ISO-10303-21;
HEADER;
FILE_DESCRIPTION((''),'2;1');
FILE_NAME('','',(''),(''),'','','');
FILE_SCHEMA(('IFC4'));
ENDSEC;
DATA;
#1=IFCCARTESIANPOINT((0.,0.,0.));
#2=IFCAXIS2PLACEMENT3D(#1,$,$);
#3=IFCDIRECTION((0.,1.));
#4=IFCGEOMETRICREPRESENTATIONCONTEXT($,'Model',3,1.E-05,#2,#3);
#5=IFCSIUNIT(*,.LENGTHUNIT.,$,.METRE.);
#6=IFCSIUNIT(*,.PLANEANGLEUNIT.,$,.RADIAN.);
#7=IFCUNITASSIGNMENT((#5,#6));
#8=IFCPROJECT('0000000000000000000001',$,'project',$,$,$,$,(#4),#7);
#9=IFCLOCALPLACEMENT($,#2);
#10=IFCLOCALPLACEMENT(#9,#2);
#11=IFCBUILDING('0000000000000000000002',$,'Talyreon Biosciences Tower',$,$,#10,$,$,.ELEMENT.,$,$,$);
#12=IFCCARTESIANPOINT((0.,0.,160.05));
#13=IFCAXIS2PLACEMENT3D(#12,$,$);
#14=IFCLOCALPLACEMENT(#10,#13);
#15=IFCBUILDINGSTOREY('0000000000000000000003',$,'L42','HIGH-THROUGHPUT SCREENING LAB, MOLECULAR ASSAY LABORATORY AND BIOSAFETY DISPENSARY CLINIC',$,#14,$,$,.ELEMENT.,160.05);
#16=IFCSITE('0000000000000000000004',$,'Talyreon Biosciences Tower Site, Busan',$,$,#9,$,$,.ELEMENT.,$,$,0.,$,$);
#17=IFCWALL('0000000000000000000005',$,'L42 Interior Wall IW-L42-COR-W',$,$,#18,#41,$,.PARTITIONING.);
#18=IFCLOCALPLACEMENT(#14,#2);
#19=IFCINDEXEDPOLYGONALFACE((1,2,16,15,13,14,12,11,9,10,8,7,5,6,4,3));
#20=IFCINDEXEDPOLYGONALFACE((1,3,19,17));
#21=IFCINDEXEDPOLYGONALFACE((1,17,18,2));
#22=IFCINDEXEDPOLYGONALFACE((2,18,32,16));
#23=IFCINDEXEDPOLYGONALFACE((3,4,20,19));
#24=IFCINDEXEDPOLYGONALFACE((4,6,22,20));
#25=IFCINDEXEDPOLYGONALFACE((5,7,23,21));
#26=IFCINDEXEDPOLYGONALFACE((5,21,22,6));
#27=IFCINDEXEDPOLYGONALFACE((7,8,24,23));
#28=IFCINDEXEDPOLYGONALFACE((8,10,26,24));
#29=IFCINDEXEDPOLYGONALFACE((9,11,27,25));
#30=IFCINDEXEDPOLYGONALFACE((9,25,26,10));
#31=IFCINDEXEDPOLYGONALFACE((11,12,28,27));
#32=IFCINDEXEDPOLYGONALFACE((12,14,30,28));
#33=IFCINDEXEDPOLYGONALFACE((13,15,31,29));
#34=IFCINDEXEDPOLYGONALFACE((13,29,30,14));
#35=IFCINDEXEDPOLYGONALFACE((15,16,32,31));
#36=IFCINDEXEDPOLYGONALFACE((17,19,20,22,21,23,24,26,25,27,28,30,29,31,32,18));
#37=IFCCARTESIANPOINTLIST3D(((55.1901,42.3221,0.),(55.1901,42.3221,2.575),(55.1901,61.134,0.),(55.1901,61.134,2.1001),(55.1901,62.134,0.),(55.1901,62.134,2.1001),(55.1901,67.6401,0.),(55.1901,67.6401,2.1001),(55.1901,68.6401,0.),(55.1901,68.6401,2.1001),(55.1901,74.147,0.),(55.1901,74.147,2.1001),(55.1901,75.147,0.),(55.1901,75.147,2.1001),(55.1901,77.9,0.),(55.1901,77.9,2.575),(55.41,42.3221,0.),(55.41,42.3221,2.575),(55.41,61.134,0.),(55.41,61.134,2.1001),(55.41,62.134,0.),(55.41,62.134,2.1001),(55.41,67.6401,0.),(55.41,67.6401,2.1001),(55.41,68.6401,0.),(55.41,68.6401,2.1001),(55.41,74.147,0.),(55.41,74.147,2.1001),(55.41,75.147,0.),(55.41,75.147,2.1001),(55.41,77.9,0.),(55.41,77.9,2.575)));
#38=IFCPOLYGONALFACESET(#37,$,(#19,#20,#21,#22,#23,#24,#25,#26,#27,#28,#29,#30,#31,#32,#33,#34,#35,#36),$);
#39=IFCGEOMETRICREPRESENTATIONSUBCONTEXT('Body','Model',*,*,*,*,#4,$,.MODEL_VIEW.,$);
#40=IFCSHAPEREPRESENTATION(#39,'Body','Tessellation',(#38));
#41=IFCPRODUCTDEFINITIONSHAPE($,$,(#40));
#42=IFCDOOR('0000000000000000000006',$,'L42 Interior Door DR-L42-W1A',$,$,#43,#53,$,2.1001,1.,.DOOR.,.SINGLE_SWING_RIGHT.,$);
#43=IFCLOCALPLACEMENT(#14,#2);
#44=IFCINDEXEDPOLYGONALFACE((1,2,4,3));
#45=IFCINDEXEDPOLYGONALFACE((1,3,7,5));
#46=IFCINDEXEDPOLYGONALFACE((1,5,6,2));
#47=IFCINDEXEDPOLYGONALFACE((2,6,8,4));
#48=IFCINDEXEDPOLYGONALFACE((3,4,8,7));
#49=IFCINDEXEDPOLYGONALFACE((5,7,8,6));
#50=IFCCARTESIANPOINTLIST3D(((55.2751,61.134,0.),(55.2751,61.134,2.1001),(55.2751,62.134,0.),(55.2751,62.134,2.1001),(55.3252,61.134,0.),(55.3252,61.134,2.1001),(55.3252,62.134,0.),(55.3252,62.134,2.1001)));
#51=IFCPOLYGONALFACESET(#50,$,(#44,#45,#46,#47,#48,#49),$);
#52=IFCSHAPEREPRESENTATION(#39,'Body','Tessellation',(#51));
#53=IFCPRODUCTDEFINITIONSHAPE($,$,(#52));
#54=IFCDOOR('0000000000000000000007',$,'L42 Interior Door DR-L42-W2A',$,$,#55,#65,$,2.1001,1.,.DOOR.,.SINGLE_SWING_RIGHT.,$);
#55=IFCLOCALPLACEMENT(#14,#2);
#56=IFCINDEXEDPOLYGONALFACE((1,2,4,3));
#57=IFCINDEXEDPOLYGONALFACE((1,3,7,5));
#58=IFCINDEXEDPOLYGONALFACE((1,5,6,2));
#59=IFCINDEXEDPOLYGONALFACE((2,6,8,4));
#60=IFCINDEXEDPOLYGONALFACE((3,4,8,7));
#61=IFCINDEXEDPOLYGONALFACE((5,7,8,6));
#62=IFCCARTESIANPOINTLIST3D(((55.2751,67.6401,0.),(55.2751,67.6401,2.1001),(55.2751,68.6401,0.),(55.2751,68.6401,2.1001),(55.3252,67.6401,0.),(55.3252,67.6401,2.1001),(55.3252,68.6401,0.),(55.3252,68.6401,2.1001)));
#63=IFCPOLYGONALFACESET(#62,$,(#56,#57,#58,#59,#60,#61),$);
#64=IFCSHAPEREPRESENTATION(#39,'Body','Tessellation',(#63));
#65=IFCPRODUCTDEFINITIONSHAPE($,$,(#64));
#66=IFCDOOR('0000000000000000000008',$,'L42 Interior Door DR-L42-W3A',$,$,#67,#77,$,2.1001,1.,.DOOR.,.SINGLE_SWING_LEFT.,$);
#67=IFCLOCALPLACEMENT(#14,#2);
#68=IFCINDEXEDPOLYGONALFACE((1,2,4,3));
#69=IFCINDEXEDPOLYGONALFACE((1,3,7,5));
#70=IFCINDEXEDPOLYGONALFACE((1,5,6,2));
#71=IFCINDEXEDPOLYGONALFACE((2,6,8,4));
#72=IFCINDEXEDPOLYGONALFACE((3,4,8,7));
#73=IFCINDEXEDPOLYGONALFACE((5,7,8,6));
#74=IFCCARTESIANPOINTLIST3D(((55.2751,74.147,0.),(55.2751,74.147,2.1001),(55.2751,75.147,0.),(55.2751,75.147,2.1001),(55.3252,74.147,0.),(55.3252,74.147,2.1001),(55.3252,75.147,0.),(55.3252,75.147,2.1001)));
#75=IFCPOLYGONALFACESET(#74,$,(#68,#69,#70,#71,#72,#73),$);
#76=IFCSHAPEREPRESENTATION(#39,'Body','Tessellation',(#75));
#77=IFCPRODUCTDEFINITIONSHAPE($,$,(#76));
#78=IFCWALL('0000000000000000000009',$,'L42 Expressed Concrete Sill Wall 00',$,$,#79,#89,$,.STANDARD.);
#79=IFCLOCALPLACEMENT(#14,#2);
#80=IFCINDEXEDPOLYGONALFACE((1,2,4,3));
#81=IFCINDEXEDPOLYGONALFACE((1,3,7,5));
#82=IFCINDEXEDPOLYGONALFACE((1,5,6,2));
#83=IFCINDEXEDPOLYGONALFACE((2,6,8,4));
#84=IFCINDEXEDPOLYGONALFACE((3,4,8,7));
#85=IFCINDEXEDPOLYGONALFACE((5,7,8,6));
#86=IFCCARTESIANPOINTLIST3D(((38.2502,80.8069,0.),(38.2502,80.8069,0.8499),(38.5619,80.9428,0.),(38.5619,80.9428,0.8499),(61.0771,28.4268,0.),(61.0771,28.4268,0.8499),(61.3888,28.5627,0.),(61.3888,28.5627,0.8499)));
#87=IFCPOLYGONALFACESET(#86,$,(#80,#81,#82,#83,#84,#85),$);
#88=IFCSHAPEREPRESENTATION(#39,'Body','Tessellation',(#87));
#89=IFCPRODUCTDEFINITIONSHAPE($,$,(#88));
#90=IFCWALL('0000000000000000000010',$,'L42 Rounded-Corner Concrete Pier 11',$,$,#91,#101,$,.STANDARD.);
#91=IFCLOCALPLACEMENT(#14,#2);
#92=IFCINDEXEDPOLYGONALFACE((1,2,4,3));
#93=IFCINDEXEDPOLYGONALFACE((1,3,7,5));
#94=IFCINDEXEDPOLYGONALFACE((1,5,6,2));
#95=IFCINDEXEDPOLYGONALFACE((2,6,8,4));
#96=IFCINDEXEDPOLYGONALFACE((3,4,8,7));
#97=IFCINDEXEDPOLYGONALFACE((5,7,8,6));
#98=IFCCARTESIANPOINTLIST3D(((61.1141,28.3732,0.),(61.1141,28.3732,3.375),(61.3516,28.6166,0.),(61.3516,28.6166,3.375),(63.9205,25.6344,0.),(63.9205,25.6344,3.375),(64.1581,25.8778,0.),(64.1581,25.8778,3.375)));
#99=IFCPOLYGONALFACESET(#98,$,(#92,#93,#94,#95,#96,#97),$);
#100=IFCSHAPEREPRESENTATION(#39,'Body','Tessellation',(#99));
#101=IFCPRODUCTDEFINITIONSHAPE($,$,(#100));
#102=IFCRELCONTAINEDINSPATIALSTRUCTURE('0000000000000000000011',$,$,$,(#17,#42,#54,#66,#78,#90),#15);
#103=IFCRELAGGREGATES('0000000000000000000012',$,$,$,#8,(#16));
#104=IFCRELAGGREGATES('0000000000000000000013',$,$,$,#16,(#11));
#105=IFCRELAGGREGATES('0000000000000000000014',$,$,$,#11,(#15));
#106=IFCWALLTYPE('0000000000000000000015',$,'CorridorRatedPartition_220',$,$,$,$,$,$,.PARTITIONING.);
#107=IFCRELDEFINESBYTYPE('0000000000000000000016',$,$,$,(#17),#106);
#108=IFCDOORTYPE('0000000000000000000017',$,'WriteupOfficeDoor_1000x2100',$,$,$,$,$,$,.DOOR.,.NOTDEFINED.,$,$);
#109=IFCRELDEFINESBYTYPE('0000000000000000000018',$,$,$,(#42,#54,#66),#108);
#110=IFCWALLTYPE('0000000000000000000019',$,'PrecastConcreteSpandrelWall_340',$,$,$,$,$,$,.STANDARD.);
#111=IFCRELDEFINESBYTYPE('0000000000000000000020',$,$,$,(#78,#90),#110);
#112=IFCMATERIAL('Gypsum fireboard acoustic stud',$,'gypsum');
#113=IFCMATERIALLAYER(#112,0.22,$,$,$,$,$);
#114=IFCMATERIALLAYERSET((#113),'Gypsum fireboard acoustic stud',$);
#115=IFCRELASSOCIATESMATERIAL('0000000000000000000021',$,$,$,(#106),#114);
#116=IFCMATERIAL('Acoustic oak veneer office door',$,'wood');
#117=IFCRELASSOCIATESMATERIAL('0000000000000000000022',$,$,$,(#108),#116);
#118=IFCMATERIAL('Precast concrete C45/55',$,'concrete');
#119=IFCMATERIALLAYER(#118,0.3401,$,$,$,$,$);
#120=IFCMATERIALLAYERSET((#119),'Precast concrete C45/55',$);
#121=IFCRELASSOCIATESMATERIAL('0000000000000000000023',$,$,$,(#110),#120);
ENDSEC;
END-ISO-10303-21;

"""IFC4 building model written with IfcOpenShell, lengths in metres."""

from ifc_helpers import new_model, si_unit, direction, frame, frame_2d, origin, place, context, subcontext, project, spatial, rectangle, extrude, material, layer, layer_set, type_object, element, fill, save


model = new_model("IFC4")

# Units and contexts
model_context = context("Model", 3, precision=1e-05, world=origin(), true_north=direction((0.0, 1.0)))
body_context = subcontext(model_context, "Body", "Model", "MODEL_VIEW")
ifc_project = project(units=[si_unit("LENGTHUNIT", "METRE"), si_unit("PLANEANGLEUNIT", "RADIAN")], contexts=[model_context])

# Site, building, storey
site_placement = place(None, origin())
site = spatial("IfcSite", under=ifc_project, at=site_placement, Name="Talyreon Biosciences Tower Site, Busan", CompositionType="ELEMENT", RefElevation=0.0)
building_placement = place(site_placement, origin())
building = spatial("IfcBuilding", under=site, at=building_placement, Name="Talyreon Biosciences Tower", CompositionType="ELEMENT")
storey_placement = place(building_placement, frame((0.0, 0.0, 160.05)))
storey = spatial("IfcBuildingStorey", under=building, at=storey_placement, Name="L42", Description="HIGH-THROUGHPUT SCREENING LAB, MOLECULAR ASSAY LABORATORY AND BIOSAFETY DISPENSARY CLINIC", CompositionType="ELEMENT", Elevation=160.05)

# Shared definitions
ifc_material_1 = material(Name="Precast concrete C45/55", Category="concrete")

# Shared definitions
ifc_material_2 = material(Name="Gypsum fireboard acoustic stud", Category="gypsum")

# Wall, openings, doors
ifc_layer_1 = layer(ifc_material_2, 0.22)
ifc_layer_set_1 = layer_set([ifc_layer_1], Name="Gypsum fireboard acoustic stud")
wall_type_1 = type_object("IfcWallType", Name="CorridorRatedPartition_220", PredefinedType="PARTITIONING", material=ifc_layer_set_1)
wall_1_placement = place(storey_placement, frame((55.3, 42.322, 0.0), z_axis=(0.0, 0.0, 1.0), x_axis=(0.0, 1.0, 0.0)))
wall_1 = element("IfcWall", 1, at=wall_1_placement, inside=storey, type_object=wall_type_1, Name="L42 Interior Wall IW-L42-COR-W", PredefinedType="PARTITIONING", context=body_context, shape_type="SweptSolid", body=[
    extrude(rectangle(XDim=35.5779, YDim=0.22, at=frame_2d((17.7891, 0.0))), origin(), (0.0, 0.0, 1.0), 2.575),
])
opening_1_placement = place(wall_1_placement, frame((18.812, 0.0, 0.0)))
opening_1 = element("IfcOpeningElement", 2, at=opening_1_placement, cuts=wall_1, PredefinedType="OPENING", context=body_context, shape_type="SweptSolid", body=[
    extrude(rectangle(XDim=1.0, YDim=2.1001, at=frame_2d((0.5, 1.05))), frame((0.0, 0.1199, 0.0), z_axis=(0.0, -1.0, 0.0), x_axis=(1.0, 0.0, 0.0)), (0.0, 0.0, 1.0), 0.24),
])
opening_2_placement = place(wall_1_placement, frame((25.3181, 0.0, 0.0)))
opening_2 = element("IfcOpeningElement", 3, at=opening_2_placement, cuts=wall_1, PredefinedType="OPENING", context=body_context, shape_type="SweptSolid", body=[
    extrude(rectangle(XDim=1.0, YDim=2.1001, at=frame_2d((0.5, 1.05))), frame((0.0, 0.1199, 0.0), z_axis=(0.0, -1.0, 0.0), x_axis=(1.0, 0.0, 0.0)), (0.0, 0.0, 1.0), 0.24),
])
opening_3_placement = place(wall_1_placement, frame((31.825, 0.0, 0.0)))
opening_3 = element("IfcOpeningElement", 4, at=opening_3_placement, cuts=wall_1, PredefinedType="OPENING", context=body_context, shape_type="SweptSolid", body=[
    extrude(rectangle(XDim=1.0, YDim=2.1001, at=frame_2d((0.5, 1.05))), frame((0.0, 0.1199, 0.0), z_axis=(0.0, -1.0, 0.0), x_axis=(1.0, 0.0, 0.0)), (0.0, 0.0, 1.0), 0.24),
])
ifc_material_3 = material(Name="Acoustic oak veneer office door", Category="wood")
door_type = type_object("IfcDoorType", Name="WriteupOfficeDoor_1000x2100", OperationType="NOTDEFINED", PredefinedType="DOOR", material=ifc_material_3)
door_1_placement = place(opening_1_placement, origin())
door_1 = element("IfcDoor", 5, at=door_1_placement, inside=storey, type_object=door_type, Name="L42 Interior Door DR-L42-W1A", OperationType="SINGLE_SWING_RIGHT", OverallHeight=2.1001, OverallWidth=1.0, PredefinedType="DOOR", context=body_context, shape_type="SweptSolid", body=[
    extrude(rectangle(XDim=1.0, YDim=2.1001, at=frame_2d((0.5, 1.05))), frame((0.0, 0.0249, 0.0), z_axis=(0.0, -1.0, 0.0), x_axis=(1.0, 0.0, 0.0)), (0.0, 0.0, 1.0), 0.05),
])
fill(opening_1, door_1)
door_2_placement = place(opening_2_placement, origin())
door_2 = element("IfcDoor", 6, at=door_2_placement, inside=storey, type_object=door_type, Name="L42 Interior Door DR-L42-W2A", OperationType="SINGLE_SWING_RIGHT", OverallHeight=2.1001, OverallWidth=1.0, PredefinedType="DOOR", context=body_context, shape_type="SweptSolid", body=[
    extrude(rectangle(XDim=1.0, YDim=2.1001, at=frame_2d((0.5, 1.05))), frame((0.0, 0.0249, 0.0), z_axis=(0.0, -1.0, 0.0), x_axis=(1.0, 0.0, 0.0)), (0.0, 0.0, 1.0), 0.05),
])
fill(opening_2, door_2)
door_3_placement = place(opening_3_placement, origin())
door_3 = element("IfcDoor", 7, at=door_3_placement, inside=storey, type_object=door_type, Name="L42 Interior Door DR-L42-W3A", OperationType="SINGLE_SWING_LEFT", OverallHeight=2.1001, OverallWidth=1.0, PredefinedType="DOOR", context=body_context, shape_type="SweptSolid", body=[
    extrude(rectangle(XDim=1.0, YDim=2.1001, at=frame_2d((0.5, 1.05))), frame((0.0, 0.0249, 0.0), z_axis=(0.0, -1.0, 0.0), x_axis=(1.0, 0.0, 0.0)), (0.0, 0.0, 1.0), 0.05),
])
fill(opening_3, door_3)

# Walls
ifc_layer_2 = layer(ifc_material_1, 0.3401)
ifc_layer_set_2 = layer_set([ifc_layer_2], Name="Precast concrete C45/55")
wall_type_2 = type_object("IfcWallType", Name="PrecastConcreteSpandrelWall_340", PredefinedType="STANDARD", material=ifc_layer_set_2)
wall_2_placement = place(storey_placement, frame((61.2329, 28.4949, 0.0), z_axis=(0.0, 0.0, 1.0), x_axis=(-0.399505, 0.916731, 0.0)))
element("IfcWall", 8, at=wall_2_placement, inside=storey, type_object=wall_type_2, Name="L42 Expressed Concrete Sill Wall 00", PredefinedType="STANDARD", context=body_context, shape_type="SweptSolid", body=[
    extrude(rectangle(XDim=57.1379, YDim=0.3401, at=frame_2d((28.5688, 0.0))), origin(), (0.0, 0.0, 1.0), 0.8499),
])
wall_3_placement = place(storey_placement, frame((64.0393, 25.7561, 0.0), z_axis=(0.0, 0.0, 1.0), x_axis=(-0.715677, 0.698431, 0.0)))
element("IfcWall", 9, at=wall_3_placement, inside=storey, type_object=wall_type_2, Name="L42 Rounded-Corner Concrete Pier 11", PredefinedType="STANDARD", context=body_context, shape_type="SweptSolid", body=[
    extrude(rectangle(XDim=3.9214, YDim=0.3401, at=frame_2d((1.9607, 0.0))), origin(), (0.0, 0.0, 1.0), 3.375),
])

save(model, "model.ifc")
